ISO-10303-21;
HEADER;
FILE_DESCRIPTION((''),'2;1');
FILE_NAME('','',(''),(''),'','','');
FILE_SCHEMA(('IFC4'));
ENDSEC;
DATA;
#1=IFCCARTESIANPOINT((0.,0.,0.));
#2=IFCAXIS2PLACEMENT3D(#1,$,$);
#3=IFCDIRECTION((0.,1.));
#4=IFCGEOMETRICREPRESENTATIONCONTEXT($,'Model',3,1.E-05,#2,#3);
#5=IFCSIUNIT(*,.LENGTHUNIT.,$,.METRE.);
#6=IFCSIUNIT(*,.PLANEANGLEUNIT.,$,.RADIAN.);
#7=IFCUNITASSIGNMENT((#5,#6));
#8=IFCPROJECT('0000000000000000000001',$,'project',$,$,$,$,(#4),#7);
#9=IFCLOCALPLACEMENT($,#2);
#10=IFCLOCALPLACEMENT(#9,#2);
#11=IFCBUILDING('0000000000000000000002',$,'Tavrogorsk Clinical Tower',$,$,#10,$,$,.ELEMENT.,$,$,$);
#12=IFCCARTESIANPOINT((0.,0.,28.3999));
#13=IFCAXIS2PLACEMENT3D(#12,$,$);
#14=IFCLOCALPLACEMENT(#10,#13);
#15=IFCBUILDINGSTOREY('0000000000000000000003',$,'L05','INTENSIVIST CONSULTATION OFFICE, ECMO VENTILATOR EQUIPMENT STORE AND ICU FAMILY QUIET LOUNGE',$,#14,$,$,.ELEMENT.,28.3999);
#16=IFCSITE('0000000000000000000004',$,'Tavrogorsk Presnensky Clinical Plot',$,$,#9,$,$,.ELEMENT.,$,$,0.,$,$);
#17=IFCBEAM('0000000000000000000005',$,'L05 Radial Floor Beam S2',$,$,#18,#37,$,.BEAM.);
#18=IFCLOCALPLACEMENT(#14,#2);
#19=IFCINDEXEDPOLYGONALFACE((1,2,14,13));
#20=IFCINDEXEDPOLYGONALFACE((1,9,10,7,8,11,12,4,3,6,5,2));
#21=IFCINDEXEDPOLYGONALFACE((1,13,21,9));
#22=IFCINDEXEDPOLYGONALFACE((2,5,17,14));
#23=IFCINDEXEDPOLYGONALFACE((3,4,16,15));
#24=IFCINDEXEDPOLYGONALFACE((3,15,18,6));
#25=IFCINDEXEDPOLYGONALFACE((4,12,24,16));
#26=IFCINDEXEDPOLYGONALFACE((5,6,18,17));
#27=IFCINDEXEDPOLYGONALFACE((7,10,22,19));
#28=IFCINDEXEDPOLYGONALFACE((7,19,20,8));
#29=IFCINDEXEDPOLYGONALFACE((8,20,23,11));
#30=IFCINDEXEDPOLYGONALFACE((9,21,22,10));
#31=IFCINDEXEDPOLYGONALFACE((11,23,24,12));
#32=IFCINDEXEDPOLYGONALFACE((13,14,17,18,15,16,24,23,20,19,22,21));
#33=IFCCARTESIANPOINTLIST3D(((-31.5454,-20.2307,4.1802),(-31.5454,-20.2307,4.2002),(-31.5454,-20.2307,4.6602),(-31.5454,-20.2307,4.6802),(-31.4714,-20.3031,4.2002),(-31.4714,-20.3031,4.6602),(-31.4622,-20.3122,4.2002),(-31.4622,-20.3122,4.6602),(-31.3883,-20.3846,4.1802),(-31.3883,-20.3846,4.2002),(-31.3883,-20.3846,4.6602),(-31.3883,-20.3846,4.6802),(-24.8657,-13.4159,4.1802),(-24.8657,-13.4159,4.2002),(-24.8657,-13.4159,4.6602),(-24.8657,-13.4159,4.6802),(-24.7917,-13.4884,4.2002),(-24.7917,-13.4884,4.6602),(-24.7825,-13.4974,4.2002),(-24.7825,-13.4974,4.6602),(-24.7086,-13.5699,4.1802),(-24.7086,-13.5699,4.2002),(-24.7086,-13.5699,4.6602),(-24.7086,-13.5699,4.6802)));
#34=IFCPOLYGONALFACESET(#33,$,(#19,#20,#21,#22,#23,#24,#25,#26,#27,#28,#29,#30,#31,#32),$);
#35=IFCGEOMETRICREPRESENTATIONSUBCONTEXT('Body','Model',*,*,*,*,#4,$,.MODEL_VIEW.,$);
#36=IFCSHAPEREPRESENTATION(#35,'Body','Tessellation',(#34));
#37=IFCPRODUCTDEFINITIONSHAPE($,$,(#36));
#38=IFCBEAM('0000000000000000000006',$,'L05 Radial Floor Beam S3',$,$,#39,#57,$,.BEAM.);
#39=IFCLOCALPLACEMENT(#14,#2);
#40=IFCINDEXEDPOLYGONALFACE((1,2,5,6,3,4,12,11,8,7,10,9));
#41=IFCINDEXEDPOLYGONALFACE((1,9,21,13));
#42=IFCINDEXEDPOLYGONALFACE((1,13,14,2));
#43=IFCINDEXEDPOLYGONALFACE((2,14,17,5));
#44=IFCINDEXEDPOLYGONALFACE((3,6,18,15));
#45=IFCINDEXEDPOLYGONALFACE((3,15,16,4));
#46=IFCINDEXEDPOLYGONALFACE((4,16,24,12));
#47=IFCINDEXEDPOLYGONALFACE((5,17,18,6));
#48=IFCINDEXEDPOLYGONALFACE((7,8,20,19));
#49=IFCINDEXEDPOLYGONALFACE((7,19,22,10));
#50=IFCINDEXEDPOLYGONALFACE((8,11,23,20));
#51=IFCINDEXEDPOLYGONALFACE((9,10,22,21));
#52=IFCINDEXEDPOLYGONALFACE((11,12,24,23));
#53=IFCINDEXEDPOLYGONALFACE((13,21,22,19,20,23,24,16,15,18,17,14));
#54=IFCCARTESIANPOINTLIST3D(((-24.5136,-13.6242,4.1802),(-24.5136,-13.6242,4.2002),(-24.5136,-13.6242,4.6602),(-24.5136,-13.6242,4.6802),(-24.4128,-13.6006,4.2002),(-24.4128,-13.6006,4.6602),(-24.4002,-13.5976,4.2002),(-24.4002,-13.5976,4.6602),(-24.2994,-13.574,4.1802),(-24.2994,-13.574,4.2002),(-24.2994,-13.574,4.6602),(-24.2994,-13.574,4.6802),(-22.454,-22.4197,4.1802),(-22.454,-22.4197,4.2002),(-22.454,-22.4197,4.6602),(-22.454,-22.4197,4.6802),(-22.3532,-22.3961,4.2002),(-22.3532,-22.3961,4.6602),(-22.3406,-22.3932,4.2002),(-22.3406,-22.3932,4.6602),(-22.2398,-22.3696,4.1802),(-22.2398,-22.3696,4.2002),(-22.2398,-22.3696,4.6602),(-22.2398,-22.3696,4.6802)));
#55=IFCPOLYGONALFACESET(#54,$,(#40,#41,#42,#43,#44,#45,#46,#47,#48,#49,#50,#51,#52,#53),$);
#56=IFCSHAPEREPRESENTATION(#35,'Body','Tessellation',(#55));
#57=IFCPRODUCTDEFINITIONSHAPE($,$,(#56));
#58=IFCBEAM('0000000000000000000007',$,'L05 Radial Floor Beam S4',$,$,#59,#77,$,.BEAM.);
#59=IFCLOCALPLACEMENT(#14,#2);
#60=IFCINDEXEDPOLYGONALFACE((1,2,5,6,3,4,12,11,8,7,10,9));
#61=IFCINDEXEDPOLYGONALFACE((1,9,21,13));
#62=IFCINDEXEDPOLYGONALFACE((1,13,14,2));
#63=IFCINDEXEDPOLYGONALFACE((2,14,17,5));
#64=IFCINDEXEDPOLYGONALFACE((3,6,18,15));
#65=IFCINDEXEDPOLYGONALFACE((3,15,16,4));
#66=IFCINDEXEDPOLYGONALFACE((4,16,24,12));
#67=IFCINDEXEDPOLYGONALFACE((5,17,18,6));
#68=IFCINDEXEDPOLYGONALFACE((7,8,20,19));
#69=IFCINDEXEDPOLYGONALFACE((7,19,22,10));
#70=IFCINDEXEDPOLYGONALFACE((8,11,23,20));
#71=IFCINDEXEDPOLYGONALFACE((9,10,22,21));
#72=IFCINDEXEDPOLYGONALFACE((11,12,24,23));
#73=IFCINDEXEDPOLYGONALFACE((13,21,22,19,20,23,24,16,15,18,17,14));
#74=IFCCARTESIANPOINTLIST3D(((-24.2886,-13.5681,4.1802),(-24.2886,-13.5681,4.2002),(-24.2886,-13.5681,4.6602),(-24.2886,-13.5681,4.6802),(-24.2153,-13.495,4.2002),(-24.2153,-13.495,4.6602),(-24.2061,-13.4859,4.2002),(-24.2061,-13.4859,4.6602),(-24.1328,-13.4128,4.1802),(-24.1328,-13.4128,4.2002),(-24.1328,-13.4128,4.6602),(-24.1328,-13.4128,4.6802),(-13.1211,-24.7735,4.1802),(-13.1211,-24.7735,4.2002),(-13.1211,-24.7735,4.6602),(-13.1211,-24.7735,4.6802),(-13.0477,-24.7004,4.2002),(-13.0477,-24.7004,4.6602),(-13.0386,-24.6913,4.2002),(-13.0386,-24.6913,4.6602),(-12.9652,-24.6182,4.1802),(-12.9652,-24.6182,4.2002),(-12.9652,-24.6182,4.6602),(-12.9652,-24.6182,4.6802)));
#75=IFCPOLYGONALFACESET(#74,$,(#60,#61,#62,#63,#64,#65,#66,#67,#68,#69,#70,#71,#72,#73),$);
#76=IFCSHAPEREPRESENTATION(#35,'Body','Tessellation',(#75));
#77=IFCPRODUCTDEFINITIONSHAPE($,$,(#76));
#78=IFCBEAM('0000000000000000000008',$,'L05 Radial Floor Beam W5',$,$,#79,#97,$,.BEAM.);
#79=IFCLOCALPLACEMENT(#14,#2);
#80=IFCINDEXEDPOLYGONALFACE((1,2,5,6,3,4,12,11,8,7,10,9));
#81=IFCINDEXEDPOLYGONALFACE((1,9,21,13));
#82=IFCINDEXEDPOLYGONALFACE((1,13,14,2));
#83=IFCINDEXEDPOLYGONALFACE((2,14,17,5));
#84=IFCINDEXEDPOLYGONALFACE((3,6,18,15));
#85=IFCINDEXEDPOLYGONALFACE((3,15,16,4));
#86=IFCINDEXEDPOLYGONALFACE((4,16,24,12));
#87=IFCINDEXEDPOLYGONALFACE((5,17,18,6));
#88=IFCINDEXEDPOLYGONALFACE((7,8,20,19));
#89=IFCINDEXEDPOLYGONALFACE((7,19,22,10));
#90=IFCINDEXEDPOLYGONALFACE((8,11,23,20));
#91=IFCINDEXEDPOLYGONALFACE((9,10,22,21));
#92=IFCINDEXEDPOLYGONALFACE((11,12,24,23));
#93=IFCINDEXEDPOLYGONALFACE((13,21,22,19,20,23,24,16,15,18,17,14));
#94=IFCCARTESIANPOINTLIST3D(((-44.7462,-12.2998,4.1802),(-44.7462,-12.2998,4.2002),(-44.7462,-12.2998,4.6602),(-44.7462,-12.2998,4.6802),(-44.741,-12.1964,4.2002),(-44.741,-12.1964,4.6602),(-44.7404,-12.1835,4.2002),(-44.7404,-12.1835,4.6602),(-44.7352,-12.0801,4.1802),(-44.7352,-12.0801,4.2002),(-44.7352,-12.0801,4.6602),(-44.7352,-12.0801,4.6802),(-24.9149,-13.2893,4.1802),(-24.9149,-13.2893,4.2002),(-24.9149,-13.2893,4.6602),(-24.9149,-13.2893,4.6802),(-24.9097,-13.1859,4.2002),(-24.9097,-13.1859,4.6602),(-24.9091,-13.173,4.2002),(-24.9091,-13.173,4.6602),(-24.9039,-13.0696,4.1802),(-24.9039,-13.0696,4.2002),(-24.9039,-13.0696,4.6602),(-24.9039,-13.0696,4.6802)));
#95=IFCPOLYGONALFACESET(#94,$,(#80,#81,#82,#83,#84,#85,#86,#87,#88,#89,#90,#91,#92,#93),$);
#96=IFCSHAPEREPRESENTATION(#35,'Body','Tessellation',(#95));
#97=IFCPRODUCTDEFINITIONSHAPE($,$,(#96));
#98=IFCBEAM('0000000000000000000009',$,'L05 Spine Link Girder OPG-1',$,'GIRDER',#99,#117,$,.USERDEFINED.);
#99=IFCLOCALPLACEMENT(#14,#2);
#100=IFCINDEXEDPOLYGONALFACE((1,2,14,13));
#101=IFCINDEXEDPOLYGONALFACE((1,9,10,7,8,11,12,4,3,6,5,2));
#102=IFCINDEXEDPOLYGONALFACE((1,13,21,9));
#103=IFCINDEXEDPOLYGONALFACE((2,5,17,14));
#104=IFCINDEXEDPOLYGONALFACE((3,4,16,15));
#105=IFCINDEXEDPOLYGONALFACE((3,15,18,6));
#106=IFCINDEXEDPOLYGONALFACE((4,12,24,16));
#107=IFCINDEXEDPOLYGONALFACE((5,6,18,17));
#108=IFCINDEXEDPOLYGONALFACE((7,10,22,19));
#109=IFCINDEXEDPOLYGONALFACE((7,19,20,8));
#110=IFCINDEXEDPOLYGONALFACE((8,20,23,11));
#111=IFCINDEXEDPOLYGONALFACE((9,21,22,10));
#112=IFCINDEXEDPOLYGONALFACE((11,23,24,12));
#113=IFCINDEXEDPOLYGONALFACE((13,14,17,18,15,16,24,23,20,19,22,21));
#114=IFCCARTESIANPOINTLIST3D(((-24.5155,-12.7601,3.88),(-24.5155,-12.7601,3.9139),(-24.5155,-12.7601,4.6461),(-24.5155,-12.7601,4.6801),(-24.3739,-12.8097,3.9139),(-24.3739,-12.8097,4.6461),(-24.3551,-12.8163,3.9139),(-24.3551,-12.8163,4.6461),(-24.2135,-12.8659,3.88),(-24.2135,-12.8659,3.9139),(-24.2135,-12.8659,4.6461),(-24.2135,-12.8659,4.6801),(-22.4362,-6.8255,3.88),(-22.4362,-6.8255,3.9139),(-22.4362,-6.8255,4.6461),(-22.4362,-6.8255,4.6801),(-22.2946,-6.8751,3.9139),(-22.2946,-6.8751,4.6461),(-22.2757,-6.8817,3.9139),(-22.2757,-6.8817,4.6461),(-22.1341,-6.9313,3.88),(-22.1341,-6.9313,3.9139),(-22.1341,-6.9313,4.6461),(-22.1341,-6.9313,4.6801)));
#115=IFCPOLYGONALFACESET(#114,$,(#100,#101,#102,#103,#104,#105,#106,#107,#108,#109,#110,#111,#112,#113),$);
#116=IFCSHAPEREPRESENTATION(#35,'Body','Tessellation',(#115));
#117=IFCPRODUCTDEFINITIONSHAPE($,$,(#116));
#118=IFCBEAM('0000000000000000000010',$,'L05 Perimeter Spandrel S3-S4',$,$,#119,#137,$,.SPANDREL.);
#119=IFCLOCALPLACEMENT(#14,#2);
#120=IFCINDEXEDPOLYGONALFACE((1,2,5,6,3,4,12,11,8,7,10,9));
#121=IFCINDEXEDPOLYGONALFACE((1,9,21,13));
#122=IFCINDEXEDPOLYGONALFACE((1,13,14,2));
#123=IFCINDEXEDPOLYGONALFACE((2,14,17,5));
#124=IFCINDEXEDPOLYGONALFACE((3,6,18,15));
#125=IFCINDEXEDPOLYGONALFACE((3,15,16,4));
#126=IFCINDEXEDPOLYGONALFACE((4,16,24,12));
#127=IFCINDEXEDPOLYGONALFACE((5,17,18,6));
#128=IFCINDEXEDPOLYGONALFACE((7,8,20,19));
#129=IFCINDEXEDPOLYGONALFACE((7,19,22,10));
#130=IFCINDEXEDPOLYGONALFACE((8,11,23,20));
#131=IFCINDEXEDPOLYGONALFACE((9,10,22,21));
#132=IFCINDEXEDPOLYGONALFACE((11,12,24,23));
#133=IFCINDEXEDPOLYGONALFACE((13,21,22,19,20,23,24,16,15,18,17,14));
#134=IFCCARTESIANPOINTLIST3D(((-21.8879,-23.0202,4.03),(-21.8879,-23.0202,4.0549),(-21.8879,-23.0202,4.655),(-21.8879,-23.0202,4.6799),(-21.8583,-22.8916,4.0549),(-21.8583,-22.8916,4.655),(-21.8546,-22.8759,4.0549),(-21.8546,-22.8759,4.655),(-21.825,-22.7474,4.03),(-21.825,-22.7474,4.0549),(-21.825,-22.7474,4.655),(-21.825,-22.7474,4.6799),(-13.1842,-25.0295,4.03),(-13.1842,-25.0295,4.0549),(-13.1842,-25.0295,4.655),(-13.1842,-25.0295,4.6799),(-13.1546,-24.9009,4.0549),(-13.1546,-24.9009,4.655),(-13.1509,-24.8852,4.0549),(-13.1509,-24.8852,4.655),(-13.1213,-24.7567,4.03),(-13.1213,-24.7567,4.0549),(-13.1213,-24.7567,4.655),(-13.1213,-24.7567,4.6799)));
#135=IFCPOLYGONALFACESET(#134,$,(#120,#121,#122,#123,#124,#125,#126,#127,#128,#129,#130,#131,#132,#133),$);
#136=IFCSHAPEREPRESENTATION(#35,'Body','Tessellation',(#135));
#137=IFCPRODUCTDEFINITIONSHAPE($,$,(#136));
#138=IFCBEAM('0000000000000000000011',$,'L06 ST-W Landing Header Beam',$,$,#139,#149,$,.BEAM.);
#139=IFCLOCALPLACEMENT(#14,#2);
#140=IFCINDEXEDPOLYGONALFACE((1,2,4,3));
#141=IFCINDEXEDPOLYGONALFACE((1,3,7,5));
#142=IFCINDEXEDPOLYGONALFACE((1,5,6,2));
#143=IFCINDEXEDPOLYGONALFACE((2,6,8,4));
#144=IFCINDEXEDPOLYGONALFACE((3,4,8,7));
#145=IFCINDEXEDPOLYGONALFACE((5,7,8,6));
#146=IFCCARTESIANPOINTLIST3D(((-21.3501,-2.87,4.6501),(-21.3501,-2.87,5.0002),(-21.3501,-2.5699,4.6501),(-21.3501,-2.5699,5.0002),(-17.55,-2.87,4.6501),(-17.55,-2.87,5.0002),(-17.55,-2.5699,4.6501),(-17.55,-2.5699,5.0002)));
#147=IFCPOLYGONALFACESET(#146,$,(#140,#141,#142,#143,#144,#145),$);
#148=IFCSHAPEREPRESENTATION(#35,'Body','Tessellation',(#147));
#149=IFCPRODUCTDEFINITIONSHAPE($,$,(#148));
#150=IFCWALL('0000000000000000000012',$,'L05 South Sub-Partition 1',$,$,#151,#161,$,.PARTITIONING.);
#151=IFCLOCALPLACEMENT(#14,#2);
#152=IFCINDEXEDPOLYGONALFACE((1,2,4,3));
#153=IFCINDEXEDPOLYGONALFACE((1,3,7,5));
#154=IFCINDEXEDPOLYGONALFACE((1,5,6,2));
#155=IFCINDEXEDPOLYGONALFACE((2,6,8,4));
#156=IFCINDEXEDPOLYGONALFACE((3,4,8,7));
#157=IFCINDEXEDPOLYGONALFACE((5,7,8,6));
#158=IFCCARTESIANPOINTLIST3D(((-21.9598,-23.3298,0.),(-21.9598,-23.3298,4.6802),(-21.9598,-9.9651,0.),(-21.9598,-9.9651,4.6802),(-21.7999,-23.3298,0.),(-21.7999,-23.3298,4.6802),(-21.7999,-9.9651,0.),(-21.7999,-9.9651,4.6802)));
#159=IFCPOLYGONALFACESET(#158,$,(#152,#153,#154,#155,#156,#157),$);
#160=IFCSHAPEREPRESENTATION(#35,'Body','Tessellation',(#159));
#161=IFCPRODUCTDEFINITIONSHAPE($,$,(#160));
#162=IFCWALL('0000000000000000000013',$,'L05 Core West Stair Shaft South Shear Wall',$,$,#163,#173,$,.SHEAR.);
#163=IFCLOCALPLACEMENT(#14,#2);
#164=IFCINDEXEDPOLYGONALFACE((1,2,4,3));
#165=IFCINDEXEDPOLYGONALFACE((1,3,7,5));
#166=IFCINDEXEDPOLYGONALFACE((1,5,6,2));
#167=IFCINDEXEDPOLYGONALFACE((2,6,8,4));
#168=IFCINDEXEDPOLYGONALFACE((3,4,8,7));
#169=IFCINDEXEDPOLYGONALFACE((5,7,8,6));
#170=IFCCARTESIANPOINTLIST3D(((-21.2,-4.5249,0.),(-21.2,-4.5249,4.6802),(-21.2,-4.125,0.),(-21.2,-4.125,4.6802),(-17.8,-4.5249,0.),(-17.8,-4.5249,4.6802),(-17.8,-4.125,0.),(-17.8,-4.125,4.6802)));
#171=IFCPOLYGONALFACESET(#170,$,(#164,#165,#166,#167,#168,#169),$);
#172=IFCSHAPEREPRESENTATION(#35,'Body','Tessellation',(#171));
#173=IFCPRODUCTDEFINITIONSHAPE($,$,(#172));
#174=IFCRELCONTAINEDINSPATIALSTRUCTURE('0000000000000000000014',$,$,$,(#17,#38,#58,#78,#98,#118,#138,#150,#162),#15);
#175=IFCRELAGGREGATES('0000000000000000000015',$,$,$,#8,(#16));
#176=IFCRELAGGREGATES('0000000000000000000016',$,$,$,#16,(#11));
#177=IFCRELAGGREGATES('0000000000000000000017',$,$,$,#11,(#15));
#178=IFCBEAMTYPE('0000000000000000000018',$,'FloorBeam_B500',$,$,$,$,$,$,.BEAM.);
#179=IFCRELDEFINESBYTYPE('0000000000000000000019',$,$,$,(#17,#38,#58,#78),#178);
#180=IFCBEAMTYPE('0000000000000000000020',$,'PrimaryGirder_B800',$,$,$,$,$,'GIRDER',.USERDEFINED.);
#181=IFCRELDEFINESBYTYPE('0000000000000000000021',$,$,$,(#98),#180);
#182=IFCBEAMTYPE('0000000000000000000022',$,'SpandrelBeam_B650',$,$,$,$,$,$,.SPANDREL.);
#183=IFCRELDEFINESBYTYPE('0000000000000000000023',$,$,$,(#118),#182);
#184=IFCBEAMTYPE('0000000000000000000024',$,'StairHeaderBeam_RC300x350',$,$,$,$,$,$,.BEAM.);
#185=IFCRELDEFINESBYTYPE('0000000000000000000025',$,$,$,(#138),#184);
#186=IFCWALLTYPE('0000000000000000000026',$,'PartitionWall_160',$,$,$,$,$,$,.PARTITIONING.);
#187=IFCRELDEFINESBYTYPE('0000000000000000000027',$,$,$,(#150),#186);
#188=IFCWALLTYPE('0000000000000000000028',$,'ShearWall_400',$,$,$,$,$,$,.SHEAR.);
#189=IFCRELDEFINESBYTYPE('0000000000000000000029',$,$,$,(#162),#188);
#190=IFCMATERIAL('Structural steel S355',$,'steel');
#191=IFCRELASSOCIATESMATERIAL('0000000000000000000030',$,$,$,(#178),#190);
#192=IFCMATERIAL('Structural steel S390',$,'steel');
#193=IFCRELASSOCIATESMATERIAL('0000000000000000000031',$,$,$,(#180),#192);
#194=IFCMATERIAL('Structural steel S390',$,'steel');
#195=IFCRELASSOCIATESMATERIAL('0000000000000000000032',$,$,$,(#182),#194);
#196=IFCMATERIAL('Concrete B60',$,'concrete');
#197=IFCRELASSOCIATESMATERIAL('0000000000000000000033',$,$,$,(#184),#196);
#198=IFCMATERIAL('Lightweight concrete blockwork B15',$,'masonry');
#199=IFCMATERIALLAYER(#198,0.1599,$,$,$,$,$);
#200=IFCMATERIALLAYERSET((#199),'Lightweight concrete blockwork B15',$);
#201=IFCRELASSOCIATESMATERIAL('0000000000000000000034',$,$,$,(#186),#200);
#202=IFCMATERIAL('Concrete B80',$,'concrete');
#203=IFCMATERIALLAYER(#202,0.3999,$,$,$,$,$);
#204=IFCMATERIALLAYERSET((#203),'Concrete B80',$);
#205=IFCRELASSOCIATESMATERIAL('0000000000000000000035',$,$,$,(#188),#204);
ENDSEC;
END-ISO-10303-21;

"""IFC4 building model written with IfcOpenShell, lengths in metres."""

from ifc_helpers import new_model, si_unit, direction, frame, frame_2d, origin, origin_2d, place, context, subcontext, project, spatial, rectangle, i_section, extrude, material, layer, layer_set, material_profile, profile_set, type_object, element, save


model = new_model("IFC4")

# Units and contexts
model_context = context("Model", 3, precision=1e-05, world=origin(), true_north=direction((0.0, 1.0)))
body_context = subcontext(model_context, "Body", "Model", "MODEL_VIEW")
ifc_project = project(units=[si_unit("LENGTHUNIT", "METRE"), si_unit("PLANEANGLEUNIT", "RADIAN")], contexts=[model_context])

# Site, building, storey
site_placement = place(None, origin())
site = spatial("IfcSite", under=ifc_project, at=site_placement, Name="Tavrogorsk Presnensky Clinical Plot", CompositionType="ELEMENT", RefElevation=0.0)
building_placement = place(site_placement, origin())
building = spatial("IfcBuilding", under=site, at=building_placement, Name="Tavrogorsk Clinical Tower", CompositionType="ELEMENT")
storey_placement = place(building_placement, frame((0.0, 0.0, 28.3999)))
storey = spatial("IfcBuildingStorey", under=building, at=storey_placement, Name="L05", Description="INTENSIVIST CONSULTATION OFFICE, ECMO VENTILATOR EQUIPMENT STORE AND ICU FAMILY QUIET LOUNGE", CompositionType="ELEMENT", Elevation=28.3999)

# Beams
ifc_material_1 = material(Name="Structural steel S355", Category="steel")
ifc_material_profile_1 = material_profile(ifc_material_1, i_section(OverallWidth=0.22, OverallDepth=0.5, WebThickness=0.0129, FlangeThickness=0.02, at=origin_2d()), Name="B-500x220x13x20")
ifc_profile_set_1 = profile_set([ifc_material_profile_1], Name="Structural steel S355")
beam_type_1 = type_object("IfcBeamType", Name="FloorBeam_B500", PredefinedType="BEAM", material=ifc_profile_set_1)
beam_1_placement = place(storey_placement, frame((-24.7871, -13.4929, 4.4302), z_axis=(-0.699997, -0.714146, 0.0), x_axis=(0.714146, -0.699997, 0.0)))
element("IfcBeam", 1, at=beam_1_placement, inside=storey, type_object=beam_type_1, Name="L05 Radial Floor Beam S2", PredefinedType="BEAM", context=body_context, shape_type="SweptSolid", body=[
    extrude(i_section(OverallWidth=0.22, OverallDepth=0.5, WebThickness=0.0129, FlangeThickness=0.02, at=origin_2d()), origin(), (0.0, 0.0, 1.0), 9.5425),
])
beam_2_placement = place(storey_placement, frame((-24.4065, -13.5991, 4.4302), z_axis=(0.227997, -0.973662, 0.0), x_axis=(0.973662, 0.227997, 0.0)))
element("IfcBeam", 2, at=beam_2_placement, inside=storey, type_object=beam_type_1, Name="L05 Radial Floor Beam S3", PredefinedType="BEAM", context=body_context, shape_type="SweptSolid", body=[
    extrude(i_section(OverallWidth=0.22, OverallDepth=0.5, WebThickness=0.0129, FlangeThickness=0.02, at=origin_2d()), origin(), (0.0, 0.0, 1.0), 9.0334),
])
beam_3_placement = place(storey_placement, frame((-24.2107, -13.4905, 4.4302), z_axis=(0.70591, -0.708302, 0.0), x_axis=(0.708302, 0.70591, 0.0)))
element("IfcBeam", 3, at=beam_3_placement, inside=storey, type_object=beam_type_1, Name="L05 Radial Floor Beam S4", PredefinedType="BEAM", context=body_context, shape_type="SweptSolid", body=[
    extrude(i_section(OverallWidth=0.22, OverallDepth=0.5, WebThickness=0.0129, FlangeThickness=0.02, at=origin_2d()), origin(), (0.0, 0.0, 1.0), 15.8201),
])
beam_4_placement = place(storey_placement, frame((-24.9094, -13.1794, 4.4302), z_axis=(-0.998758, 0.049834, 0.0), x_axis=(-0.049834, -0.998758, 0.0)))
element("IfcBeam", 4, at=beam_4_placement, inside=storey, type_object=beam_type_1, Name="L05 Radial Floor Beam W5", PredefinedType="BEAM", context=body_context, shape_type="SweptSolid", body=[
    extrude(i_section(OverallWidth=0.22, OverallDepth=0.5, WebThickness=0.0129, FlangeThickness=0.02, at=origin_2d()), origin(), (0.0, 0.0, 1.0), 19.856),
])
ifc_material_2 = material(Name="Structural steel S390", Category="steel")
ifc_material_profile_2 = material_profile(ifc_material_2, i_section(OverallWidth=0.3201, OverallDepth=0.8, WebThickness=0.02, FlangeThickness=0.0339, at=origin_2d()), Name="B-800x320x20x34")
ifc_profile_set_2 = profile_set([ifc_material_profile_2], Name="Structural steel S390")
beam_type_2 = type_object("IfcBeamType", Name="PrimaryGirder_B800", ElementType="GIRDER", PredefinedType="USERDEFINED", material=ifc_profile_set_2)
beam_5_placement = place(storey_placement, frame((-24.3645, -12.813, 4.28), z_axis=(0.330669, 0.943747, 0.0), x_axis=(-0.943747, 0.330669, 0.0)))
element("IfcBeam", 5, at=beam_5_placement, inside=storey, type_object=beam_type_2, Name="L05 Spine Link Girder OPG-1", ObjectType="GIRDER", PredefinedType="USERDEFINED", context=body_context, shape_type="SweptSolid", body=[
    extrude(i_section(OverallWidth=0.3201, OverallDepth=0.8, WebThickness=0.02, FlangeThickness=0.0339, at=origin_2d()), origin(), (0.0, 0.0, 1.0), 6.2883),
])
ifc_material_3 = material(Name="Structural steel S390", Category="steel")
ifc_material_profile_3 = material_profile(ifc_material_3, i_section(OverallWidth=0.28, OverallDepth=0.6499, WebThickness=0.0161, FlangeThickness=0.0249, at=origin_2d()), Name="B-650x280x16x25")
ifc_profile_set_3 = profile_set([ifc_material_profile_3], Name="Structural steel S390")
beam_type_3 = type_object("IfcBeamType", Name="SpandrelBeam_B650", PredefinedType="SPANDREL", material=ifc_profile_set_3)
beam_6_placement = place(storey_placement, frame((-21.8564, -22.8838, 4.355), z_axis=(0.974373, -0.224939, 0.0), x_axis=(0.224939, 0.974373, 0.0)))
element("IfcBeam", 6, at=beam_6_placement, inside=storey, type_object=beam_type_3, Name="L05 Perimeter Spandrel S3-S4", PredefinedType="SPANDREL", context=body_context, shape_type="SweptSolid", body=[
    extrude(i_section(OverallWidth=0.28, OverallDepth=0.6499, WebThickness=0.0161, FlangeThickness=0.0249, at=origin_2d()), origin(), (0.0, 0.0, 1.0), 8.9326),
])
ifc_material_4 = material(Name="Concrete B60", Category="concrete")
ifc_material_profile_4 = material_profile(ifc_material_4, rectangle(XDim=0.3, YDim=0.3501, at=origin_2d()), Name="RC-SHB-300x350")
ifc_profile_set_4 = profile_set([ifc_material_profile_4], Name="Concrete B60")
beam_type_4 = type_object("IfcBeamType", Name="StairHeaderBeam_RC300x350", PredefinedType="BEAM", material=ifc_profile_set_4)
beam_7_placement = place(storey_placement, frame((-21.3501, -2.72, 4.8252), z_axis=(1.0, 0.0, 0.0), x_axis=(0.0, 1.0, 0.0)))
element("IfcBeam", 7, at=beam_7_placement, inside=storey, type_object=beam_type_4, Name="L06 ST-W Landing Header Beam", PredefinedType="BEAM", context=body_context, shape_type="SweptSolid", body=[
    extrude(rectangle(XDim=0.3, YDim=0.3501, at=origin_2d()), origin(), (0.0, 0.0, 1.0), 3.8),
])

# Walls
ifc_material_5 = material(Name="Lightweight concrete blockwork B15", Category="masonry")
ifc_layer_1 = layer(ifc_material_5, 0.1599)
ifc_layer_set_1 = layer_set([ifc_layer_1], Name="Lightweight concrete blockwork B15")
wall_type_1 = type_object("IfcWallType", Name="PartitionWall_160", PredefinedType="PARTITIONING", material=ifc_layer_set_1)
wall_1_placement = place(storey_placement, frame((-21.8799, -23.3298, 0.0), z_axis=(0.0, 0.0, 1.0), x_axis=(0.0, 1.0, 0.0)))
element("IfcWall", 8, at=wall_1_placement, inside=storey, type_object=wall_type_1, Name="L05 South Sub-Partition 1", PredefinedType="PARTITIONING", context=body_context, shape_type="SweptSolid", body=[
    extrude(rectangle(XDim=13.3647, YDim=0.1599, at=frame_2d((6.6824, 0.0))), origin(), (0.0, 0.0, 1.0), 4.6802),
])
ifc_material_6 = material(Name="Concrete B80", Category="concrete")
ifc_layer_2 = layer(ifc_material_6, 0.3999)
ifc_layer_set_2 = layer_set([ifc_layer_2], Name="Concrete B80")
wall_type_2 = type_object("IfcWallType", Name="ShearWall_400", PredefinedType="SHEAR", material=ifc_layer_set_2)
wall_2_placement = place(storey_placement, frame((-21.2, -4.325, 0.0), z_axis=(0.0, 0.0, 1.0), x_axis=(1.0, 0.0, 0.0)))
element("IfcWall", 9, at=wall_2_placement, inside=storey, type_object=wall_type_2, Name="L05 Core West Stair Shaft South Shear Wall", PredefinedType="SHEAR", context=body_context, shape_type="SweptSolid", body=[
    extrude(rectangle(XDim=3.3999, YDim=0.3999, at=frame_2d((1.7, 0.0))), origin(), (0.0, 0.0, 1.0), 4.6802),
])

save(model, "model.ifc")
